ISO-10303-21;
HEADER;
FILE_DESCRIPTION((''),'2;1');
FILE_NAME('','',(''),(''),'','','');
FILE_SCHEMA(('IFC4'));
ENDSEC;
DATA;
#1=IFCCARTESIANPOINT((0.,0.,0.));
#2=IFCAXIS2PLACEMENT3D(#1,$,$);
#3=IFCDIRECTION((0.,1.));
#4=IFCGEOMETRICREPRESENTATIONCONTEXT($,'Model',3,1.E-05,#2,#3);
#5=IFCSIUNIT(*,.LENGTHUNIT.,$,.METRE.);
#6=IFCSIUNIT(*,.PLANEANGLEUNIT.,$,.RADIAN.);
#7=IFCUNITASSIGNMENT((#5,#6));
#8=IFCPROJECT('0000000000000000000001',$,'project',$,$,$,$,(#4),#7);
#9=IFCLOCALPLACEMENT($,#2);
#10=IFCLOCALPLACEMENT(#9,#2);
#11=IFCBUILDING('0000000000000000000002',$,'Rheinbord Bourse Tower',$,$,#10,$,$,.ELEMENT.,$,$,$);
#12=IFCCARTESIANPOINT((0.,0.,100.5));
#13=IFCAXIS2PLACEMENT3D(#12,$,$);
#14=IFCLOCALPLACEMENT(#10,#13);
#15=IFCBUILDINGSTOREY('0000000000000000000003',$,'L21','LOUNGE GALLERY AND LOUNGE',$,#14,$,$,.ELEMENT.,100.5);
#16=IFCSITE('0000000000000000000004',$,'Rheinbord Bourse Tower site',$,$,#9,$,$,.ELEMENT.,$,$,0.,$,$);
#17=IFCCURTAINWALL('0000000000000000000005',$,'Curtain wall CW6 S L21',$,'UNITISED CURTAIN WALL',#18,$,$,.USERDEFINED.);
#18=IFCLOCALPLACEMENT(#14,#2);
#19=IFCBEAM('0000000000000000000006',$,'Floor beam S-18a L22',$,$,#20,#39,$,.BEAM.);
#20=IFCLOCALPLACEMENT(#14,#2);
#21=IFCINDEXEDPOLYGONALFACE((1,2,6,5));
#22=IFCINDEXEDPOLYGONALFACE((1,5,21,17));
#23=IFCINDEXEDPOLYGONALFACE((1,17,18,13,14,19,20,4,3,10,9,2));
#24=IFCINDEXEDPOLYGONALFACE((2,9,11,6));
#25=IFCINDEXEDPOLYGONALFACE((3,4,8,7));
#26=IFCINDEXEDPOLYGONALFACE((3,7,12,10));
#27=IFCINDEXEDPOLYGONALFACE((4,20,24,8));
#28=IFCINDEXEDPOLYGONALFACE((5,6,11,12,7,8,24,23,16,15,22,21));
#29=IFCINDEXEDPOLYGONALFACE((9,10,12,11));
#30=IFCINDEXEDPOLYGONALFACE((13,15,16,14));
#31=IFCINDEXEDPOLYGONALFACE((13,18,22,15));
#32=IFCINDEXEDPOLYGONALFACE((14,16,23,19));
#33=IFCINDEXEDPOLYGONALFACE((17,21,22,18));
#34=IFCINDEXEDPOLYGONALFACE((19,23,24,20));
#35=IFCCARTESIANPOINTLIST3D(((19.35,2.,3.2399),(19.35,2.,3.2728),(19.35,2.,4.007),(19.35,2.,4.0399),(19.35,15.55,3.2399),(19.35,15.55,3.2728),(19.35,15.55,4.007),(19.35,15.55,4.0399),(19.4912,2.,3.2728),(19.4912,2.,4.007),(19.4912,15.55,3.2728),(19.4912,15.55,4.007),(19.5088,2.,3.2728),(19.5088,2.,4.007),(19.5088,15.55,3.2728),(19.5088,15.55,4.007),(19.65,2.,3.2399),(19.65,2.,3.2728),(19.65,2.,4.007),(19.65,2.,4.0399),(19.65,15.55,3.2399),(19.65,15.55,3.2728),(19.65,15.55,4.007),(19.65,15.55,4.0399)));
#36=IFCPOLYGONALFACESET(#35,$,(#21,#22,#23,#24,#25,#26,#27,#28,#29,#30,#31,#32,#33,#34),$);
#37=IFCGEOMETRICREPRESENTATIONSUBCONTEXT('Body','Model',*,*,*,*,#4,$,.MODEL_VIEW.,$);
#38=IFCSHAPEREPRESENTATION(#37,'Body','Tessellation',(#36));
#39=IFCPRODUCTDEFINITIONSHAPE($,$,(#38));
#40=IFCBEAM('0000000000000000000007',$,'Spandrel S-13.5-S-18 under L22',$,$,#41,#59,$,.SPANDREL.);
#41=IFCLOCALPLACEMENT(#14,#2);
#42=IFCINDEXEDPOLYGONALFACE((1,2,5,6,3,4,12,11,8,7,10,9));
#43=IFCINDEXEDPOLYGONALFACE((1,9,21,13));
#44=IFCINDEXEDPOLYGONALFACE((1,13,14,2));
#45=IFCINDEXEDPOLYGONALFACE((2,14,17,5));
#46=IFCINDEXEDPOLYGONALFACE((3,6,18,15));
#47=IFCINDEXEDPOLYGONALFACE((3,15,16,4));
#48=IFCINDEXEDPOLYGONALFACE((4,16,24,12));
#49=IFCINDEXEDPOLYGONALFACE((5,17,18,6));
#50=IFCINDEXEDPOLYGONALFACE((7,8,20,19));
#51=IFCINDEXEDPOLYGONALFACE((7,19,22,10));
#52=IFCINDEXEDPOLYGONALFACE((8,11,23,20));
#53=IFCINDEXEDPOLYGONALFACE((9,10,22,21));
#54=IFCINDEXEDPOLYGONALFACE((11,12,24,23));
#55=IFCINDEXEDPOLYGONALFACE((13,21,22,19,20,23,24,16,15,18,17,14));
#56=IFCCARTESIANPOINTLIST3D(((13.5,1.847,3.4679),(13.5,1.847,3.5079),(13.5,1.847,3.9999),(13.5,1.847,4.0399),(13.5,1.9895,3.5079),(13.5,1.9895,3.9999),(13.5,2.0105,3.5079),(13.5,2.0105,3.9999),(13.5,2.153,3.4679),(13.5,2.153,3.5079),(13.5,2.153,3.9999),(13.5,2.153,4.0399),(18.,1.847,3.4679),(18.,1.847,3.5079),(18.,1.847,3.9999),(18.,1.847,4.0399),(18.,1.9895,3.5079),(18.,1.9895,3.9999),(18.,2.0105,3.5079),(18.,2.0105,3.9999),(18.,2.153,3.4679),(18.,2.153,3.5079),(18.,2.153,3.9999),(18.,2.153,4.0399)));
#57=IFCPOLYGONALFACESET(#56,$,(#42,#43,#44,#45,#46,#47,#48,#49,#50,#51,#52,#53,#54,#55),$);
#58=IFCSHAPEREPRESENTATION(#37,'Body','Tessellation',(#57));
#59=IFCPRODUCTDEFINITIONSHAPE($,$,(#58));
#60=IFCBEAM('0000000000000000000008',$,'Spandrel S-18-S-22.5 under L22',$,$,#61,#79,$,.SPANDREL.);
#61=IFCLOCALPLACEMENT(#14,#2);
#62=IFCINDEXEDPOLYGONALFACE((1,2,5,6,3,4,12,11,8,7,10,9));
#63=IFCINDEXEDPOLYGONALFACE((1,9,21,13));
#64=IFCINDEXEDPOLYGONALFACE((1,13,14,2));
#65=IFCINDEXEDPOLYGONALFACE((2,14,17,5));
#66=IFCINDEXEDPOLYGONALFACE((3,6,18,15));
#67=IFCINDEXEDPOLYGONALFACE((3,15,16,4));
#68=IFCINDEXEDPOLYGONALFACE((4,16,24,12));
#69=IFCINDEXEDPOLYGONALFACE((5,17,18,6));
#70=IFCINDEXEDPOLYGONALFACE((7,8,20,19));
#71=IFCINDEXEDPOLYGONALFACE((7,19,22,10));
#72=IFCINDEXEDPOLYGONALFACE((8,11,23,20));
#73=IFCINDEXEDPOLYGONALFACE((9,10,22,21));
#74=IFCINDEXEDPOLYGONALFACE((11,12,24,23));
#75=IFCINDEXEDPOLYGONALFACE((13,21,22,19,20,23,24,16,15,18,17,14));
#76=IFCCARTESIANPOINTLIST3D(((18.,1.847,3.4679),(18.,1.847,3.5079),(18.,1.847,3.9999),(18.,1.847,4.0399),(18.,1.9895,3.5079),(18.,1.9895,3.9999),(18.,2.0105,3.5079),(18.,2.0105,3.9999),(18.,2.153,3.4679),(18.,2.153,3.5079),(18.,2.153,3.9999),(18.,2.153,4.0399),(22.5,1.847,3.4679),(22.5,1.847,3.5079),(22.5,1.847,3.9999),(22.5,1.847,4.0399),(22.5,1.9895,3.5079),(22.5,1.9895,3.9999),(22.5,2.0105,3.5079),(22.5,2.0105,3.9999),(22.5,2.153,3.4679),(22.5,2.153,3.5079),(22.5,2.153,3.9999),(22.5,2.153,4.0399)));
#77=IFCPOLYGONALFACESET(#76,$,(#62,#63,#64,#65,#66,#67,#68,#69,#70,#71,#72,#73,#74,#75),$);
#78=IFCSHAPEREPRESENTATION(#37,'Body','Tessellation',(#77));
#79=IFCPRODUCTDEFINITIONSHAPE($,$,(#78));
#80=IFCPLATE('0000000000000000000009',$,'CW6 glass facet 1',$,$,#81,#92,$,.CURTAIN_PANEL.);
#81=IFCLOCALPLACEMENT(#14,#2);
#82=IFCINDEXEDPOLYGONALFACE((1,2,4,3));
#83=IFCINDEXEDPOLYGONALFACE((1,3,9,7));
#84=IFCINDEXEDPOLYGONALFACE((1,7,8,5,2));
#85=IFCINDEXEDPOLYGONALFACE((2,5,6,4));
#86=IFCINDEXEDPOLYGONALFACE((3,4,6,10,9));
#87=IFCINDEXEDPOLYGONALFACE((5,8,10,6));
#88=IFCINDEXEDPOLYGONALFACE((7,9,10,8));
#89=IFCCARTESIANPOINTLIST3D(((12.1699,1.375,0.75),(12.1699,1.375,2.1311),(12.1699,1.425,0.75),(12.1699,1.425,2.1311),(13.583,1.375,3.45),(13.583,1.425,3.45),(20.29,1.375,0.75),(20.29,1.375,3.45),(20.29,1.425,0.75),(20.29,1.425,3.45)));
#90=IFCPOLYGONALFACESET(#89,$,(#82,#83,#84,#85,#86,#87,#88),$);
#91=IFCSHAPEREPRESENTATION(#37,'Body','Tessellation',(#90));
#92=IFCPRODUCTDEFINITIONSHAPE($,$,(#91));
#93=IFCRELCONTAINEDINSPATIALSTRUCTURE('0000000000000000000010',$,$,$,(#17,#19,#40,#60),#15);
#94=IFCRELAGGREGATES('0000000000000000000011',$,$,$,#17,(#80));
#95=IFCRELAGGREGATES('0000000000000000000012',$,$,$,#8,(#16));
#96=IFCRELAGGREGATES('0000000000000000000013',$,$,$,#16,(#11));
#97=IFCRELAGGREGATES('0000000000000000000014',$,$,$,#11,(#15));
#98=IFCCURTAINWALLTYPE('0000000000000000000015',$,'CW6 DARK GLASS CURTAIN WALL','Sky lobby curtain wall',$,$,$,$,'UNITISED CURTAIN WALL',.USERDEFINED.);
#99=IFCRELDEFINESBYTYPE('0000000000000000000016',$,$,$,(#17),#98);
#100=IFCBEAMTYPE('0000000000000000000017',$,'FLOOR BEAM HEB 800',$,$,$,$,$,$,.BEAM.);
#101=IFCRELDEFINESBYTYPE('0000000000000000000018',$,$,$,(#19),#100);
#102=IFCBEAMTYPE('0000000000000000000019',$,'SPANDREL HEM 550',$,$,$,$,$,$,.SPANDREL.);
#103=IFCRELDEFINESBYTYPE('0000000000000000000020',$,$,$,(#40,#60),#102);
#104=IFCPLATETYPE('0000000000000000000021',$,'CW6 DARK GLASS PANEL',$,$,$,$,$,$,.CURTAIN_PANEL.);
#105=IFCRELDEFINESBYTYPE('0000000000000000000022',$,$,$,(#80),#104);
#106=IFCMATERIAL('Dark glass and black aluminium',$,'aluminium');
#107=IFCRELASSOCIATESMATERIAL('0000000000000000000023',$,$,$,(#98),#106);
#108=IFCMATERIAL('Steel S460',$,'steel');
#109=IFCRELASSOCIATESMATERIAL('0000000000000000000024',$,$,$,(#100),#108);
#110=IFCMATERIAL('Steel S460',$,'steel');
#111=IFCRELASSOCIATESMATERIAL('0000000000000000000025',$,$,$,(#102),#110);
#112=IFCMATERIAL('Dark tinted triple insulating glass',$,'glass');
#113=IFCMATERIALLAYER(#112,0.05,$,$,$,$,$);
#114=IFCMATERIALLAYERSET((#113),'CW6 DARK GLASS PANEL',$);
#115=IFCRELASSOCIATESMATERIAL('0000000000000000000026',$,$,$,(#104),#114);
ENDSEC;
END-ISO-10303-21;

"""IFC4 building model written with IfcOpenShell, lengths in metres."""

from ifc_helpers import new_model, si_unit, direction, frame, origin, origin_2d, place, context, subcontext, project, spatial, polyline, i_section, outline, extrude, material, layer, layer_set, material_profile, profile_set, type_object, element, aggregate, save


model = new_model("IFC4")

# Units and contexts
model_context = context("Model", 3, precision=1e-05, world=origin(), true_north=direction((0.0, 1.0)))
body_context = subcontext(model_context, "Body", "Model", "MODEL_VIEW")
ifc_project = project(units=[si_unit("LENGTHUNIT", "METRE"), si_unit("PLANEANGLEUNIT", "RADIAN")], contexts=[model_context])

# Site, building, storey
site_placement = place(None, origin())
site = spatial("IfcSite", under=ifc_project, at=site_placement, Name="Rheinbord Bourse Tower site", CompositionType="ELEMENT", RefElevation=0.0)
building_placement = place(site_placement, origin())
building = spatial("IfcBuilding", under=site, at=building_placement, Name="Rheinbord Bourse Tower", CompositionType="ELEMENT")
storey_placement = place(building_placement, frame((0.0, 0.0, 100.5)))
storey = spatial("IfcBuildingStorey", under=building, at=storey_placement, Name="L21", Description="LOUNGE GALLERY AND LOUNGE", CompositionType="ELEMENT", Elevation=100.5)

# Curtain wall
ifc_material_1 = material(Name="Dark glass and black aluminium", Category="aluminium")
curtain_wall_type = type_object("IfcCurtainWallType", Name="CW6 DARK GLASS CURTAIN WALL", Description="Sky lobby curtain wall", ElementType="UNITISED CURTAIN WALL", PredefinedType="USERDEFINED", material=ifc_material_1)
curtain_wall_placement = place(storey_placement, origin())
curtain_wall = element("IfcCurtainWall", 1, at=curtain_wall_placement, inside=storey, type_object=curtain_wall_type, Name="Curtain wall CW6 S L21", ObjectType="UNITISED CURTAIN WALL", PredefinedType="USERDEFINED")

# Beams
ifc_material_2 = material(Name="Steel S460", Category="steel")
ifc_material_profile_1 = material_profile(ifc_material_2, i_section(OverallWidth=0.3, OverallDepth=0.8, WebThickness=0.0176, FlangeThickness=0.033, at=origin_2d()), Name="HEB 800")
ifc_profile_set_1 = profile_set([ifc_material_profile_1], Name="Steel S460")
beam_type_1 = type_object("IfcBeamType", Name="FLOOR BEAM HEB 800", PredefinedType="BEAM", material=ifc_profile_set_1)
beam_placement = place(storey_placement, frame((19.5, 2.0, 3.6399), z_axis=(0.0, 1.0, 0.0), x_axis=(-1.0, 0.0, 0.0)))
element("IfcBeam", 2, at=beam_placement, inside=storey, type_object=beam_type_1, Name="Floor beam S-18a L22", PredefinedType="BEAM", context=body_context, shape_type="SweptSolid", body=[
    extrude(i_section(OverallWidth=0.3, OverallDepth=0.8, WebThickness=0.0176, FlangeThickness=0.033, at=origin_2d()), origin(), (0.0, 0.0, 1.0), 13.55),
])
ifc_material_3 = material(Name="Steel S460", Category="steel")
ifc_material_profile_2 = material_profile(ifc_material_3, i_section(OverallWidth=0.3059, OverallDepth=0.572, WebThickness=0.021, FlangeThickness=0.04, at=origin_2d()), Name="HEM 550")
ifc_profile_set_2 = profile_set([ifc_material_profile_2], Name="Steel S460")
beam_type_2 = type_object("IfcBeamType", Name="SPANDREL HEM 550", PredefinedType="SPANDREL", material=ifc_profile_set_2)
for number, where, z_axis, x_axis, name in (
    (3, (13.5, 2.0, 3.7539), (1.0, 0.0, 0.0), (0.0, 1.0, 0.0), "Spandrel S-13.5-S-18 under L22"),
    (4, (18.0, 2.0, 3.7539), (1.0, 0.0, 0.0), (0.0, 1.0, 0.0), "Spandrel S-18-S-22.5 under L22"),
):
    element("IfcBeam", number, at=place(storey_placement, frame(where, z_axis=z_axis, x_axis=x_axis)), inside=storey, type_object=beam_type_2, Name=name, PredefinedType="SPANDREL", context=body_context, shape_type="SweptSolid", body=[
        extrude(i_section(OverallWidth=0.3059, OverallDepth=0.572, WebThickness=0.021, FlangeThickness=0.04, at=origin_2d()), origin(), (0.0, 0.0, 1.0), 4.5),
    ])

# Plate
ifc_material_4 = material(Name="Dark tinted triple insulating glass", Category="glass")
ifc_layer = layer(ifc_material_4, 0.05)
ifc_layer_set = layer_set([ifc_layer], Name="CW6 DARK GLASS PANEL")
plate_type = type_object("IfcPlateType", Name="CW6 DARK GLASS PANEL", PredefinedType="CURTAIN_PANEL", material=ifc_layer_set)
plate_placement = place(storey_placement, frame((20.29, 1.375, 3.45), z_axis=(0.0, 1.0, 0.0), x_axis=(0.0, 0.0, -1.0)))
plate = element("IfcPlate", 5, at=plate_placement, type_object=plate_type, Name="CW6 glass facet 1", PredefinedType="CURTAIN_PANEL", context=body_context, shape_type="SweptSolid", body=[
    extrude(outline(polyline([(0.0, 0.0), (2.7, 0.0), (2.7, 8.1201), (1.3188, 8.1201), (0.0, 6.707), (0.0, 0.0)])), origin(), (0.0, 0.0, 1.0), 0.05),
])
aggregate(curtain_wall, [plate])

save(model, "model.ifc")
